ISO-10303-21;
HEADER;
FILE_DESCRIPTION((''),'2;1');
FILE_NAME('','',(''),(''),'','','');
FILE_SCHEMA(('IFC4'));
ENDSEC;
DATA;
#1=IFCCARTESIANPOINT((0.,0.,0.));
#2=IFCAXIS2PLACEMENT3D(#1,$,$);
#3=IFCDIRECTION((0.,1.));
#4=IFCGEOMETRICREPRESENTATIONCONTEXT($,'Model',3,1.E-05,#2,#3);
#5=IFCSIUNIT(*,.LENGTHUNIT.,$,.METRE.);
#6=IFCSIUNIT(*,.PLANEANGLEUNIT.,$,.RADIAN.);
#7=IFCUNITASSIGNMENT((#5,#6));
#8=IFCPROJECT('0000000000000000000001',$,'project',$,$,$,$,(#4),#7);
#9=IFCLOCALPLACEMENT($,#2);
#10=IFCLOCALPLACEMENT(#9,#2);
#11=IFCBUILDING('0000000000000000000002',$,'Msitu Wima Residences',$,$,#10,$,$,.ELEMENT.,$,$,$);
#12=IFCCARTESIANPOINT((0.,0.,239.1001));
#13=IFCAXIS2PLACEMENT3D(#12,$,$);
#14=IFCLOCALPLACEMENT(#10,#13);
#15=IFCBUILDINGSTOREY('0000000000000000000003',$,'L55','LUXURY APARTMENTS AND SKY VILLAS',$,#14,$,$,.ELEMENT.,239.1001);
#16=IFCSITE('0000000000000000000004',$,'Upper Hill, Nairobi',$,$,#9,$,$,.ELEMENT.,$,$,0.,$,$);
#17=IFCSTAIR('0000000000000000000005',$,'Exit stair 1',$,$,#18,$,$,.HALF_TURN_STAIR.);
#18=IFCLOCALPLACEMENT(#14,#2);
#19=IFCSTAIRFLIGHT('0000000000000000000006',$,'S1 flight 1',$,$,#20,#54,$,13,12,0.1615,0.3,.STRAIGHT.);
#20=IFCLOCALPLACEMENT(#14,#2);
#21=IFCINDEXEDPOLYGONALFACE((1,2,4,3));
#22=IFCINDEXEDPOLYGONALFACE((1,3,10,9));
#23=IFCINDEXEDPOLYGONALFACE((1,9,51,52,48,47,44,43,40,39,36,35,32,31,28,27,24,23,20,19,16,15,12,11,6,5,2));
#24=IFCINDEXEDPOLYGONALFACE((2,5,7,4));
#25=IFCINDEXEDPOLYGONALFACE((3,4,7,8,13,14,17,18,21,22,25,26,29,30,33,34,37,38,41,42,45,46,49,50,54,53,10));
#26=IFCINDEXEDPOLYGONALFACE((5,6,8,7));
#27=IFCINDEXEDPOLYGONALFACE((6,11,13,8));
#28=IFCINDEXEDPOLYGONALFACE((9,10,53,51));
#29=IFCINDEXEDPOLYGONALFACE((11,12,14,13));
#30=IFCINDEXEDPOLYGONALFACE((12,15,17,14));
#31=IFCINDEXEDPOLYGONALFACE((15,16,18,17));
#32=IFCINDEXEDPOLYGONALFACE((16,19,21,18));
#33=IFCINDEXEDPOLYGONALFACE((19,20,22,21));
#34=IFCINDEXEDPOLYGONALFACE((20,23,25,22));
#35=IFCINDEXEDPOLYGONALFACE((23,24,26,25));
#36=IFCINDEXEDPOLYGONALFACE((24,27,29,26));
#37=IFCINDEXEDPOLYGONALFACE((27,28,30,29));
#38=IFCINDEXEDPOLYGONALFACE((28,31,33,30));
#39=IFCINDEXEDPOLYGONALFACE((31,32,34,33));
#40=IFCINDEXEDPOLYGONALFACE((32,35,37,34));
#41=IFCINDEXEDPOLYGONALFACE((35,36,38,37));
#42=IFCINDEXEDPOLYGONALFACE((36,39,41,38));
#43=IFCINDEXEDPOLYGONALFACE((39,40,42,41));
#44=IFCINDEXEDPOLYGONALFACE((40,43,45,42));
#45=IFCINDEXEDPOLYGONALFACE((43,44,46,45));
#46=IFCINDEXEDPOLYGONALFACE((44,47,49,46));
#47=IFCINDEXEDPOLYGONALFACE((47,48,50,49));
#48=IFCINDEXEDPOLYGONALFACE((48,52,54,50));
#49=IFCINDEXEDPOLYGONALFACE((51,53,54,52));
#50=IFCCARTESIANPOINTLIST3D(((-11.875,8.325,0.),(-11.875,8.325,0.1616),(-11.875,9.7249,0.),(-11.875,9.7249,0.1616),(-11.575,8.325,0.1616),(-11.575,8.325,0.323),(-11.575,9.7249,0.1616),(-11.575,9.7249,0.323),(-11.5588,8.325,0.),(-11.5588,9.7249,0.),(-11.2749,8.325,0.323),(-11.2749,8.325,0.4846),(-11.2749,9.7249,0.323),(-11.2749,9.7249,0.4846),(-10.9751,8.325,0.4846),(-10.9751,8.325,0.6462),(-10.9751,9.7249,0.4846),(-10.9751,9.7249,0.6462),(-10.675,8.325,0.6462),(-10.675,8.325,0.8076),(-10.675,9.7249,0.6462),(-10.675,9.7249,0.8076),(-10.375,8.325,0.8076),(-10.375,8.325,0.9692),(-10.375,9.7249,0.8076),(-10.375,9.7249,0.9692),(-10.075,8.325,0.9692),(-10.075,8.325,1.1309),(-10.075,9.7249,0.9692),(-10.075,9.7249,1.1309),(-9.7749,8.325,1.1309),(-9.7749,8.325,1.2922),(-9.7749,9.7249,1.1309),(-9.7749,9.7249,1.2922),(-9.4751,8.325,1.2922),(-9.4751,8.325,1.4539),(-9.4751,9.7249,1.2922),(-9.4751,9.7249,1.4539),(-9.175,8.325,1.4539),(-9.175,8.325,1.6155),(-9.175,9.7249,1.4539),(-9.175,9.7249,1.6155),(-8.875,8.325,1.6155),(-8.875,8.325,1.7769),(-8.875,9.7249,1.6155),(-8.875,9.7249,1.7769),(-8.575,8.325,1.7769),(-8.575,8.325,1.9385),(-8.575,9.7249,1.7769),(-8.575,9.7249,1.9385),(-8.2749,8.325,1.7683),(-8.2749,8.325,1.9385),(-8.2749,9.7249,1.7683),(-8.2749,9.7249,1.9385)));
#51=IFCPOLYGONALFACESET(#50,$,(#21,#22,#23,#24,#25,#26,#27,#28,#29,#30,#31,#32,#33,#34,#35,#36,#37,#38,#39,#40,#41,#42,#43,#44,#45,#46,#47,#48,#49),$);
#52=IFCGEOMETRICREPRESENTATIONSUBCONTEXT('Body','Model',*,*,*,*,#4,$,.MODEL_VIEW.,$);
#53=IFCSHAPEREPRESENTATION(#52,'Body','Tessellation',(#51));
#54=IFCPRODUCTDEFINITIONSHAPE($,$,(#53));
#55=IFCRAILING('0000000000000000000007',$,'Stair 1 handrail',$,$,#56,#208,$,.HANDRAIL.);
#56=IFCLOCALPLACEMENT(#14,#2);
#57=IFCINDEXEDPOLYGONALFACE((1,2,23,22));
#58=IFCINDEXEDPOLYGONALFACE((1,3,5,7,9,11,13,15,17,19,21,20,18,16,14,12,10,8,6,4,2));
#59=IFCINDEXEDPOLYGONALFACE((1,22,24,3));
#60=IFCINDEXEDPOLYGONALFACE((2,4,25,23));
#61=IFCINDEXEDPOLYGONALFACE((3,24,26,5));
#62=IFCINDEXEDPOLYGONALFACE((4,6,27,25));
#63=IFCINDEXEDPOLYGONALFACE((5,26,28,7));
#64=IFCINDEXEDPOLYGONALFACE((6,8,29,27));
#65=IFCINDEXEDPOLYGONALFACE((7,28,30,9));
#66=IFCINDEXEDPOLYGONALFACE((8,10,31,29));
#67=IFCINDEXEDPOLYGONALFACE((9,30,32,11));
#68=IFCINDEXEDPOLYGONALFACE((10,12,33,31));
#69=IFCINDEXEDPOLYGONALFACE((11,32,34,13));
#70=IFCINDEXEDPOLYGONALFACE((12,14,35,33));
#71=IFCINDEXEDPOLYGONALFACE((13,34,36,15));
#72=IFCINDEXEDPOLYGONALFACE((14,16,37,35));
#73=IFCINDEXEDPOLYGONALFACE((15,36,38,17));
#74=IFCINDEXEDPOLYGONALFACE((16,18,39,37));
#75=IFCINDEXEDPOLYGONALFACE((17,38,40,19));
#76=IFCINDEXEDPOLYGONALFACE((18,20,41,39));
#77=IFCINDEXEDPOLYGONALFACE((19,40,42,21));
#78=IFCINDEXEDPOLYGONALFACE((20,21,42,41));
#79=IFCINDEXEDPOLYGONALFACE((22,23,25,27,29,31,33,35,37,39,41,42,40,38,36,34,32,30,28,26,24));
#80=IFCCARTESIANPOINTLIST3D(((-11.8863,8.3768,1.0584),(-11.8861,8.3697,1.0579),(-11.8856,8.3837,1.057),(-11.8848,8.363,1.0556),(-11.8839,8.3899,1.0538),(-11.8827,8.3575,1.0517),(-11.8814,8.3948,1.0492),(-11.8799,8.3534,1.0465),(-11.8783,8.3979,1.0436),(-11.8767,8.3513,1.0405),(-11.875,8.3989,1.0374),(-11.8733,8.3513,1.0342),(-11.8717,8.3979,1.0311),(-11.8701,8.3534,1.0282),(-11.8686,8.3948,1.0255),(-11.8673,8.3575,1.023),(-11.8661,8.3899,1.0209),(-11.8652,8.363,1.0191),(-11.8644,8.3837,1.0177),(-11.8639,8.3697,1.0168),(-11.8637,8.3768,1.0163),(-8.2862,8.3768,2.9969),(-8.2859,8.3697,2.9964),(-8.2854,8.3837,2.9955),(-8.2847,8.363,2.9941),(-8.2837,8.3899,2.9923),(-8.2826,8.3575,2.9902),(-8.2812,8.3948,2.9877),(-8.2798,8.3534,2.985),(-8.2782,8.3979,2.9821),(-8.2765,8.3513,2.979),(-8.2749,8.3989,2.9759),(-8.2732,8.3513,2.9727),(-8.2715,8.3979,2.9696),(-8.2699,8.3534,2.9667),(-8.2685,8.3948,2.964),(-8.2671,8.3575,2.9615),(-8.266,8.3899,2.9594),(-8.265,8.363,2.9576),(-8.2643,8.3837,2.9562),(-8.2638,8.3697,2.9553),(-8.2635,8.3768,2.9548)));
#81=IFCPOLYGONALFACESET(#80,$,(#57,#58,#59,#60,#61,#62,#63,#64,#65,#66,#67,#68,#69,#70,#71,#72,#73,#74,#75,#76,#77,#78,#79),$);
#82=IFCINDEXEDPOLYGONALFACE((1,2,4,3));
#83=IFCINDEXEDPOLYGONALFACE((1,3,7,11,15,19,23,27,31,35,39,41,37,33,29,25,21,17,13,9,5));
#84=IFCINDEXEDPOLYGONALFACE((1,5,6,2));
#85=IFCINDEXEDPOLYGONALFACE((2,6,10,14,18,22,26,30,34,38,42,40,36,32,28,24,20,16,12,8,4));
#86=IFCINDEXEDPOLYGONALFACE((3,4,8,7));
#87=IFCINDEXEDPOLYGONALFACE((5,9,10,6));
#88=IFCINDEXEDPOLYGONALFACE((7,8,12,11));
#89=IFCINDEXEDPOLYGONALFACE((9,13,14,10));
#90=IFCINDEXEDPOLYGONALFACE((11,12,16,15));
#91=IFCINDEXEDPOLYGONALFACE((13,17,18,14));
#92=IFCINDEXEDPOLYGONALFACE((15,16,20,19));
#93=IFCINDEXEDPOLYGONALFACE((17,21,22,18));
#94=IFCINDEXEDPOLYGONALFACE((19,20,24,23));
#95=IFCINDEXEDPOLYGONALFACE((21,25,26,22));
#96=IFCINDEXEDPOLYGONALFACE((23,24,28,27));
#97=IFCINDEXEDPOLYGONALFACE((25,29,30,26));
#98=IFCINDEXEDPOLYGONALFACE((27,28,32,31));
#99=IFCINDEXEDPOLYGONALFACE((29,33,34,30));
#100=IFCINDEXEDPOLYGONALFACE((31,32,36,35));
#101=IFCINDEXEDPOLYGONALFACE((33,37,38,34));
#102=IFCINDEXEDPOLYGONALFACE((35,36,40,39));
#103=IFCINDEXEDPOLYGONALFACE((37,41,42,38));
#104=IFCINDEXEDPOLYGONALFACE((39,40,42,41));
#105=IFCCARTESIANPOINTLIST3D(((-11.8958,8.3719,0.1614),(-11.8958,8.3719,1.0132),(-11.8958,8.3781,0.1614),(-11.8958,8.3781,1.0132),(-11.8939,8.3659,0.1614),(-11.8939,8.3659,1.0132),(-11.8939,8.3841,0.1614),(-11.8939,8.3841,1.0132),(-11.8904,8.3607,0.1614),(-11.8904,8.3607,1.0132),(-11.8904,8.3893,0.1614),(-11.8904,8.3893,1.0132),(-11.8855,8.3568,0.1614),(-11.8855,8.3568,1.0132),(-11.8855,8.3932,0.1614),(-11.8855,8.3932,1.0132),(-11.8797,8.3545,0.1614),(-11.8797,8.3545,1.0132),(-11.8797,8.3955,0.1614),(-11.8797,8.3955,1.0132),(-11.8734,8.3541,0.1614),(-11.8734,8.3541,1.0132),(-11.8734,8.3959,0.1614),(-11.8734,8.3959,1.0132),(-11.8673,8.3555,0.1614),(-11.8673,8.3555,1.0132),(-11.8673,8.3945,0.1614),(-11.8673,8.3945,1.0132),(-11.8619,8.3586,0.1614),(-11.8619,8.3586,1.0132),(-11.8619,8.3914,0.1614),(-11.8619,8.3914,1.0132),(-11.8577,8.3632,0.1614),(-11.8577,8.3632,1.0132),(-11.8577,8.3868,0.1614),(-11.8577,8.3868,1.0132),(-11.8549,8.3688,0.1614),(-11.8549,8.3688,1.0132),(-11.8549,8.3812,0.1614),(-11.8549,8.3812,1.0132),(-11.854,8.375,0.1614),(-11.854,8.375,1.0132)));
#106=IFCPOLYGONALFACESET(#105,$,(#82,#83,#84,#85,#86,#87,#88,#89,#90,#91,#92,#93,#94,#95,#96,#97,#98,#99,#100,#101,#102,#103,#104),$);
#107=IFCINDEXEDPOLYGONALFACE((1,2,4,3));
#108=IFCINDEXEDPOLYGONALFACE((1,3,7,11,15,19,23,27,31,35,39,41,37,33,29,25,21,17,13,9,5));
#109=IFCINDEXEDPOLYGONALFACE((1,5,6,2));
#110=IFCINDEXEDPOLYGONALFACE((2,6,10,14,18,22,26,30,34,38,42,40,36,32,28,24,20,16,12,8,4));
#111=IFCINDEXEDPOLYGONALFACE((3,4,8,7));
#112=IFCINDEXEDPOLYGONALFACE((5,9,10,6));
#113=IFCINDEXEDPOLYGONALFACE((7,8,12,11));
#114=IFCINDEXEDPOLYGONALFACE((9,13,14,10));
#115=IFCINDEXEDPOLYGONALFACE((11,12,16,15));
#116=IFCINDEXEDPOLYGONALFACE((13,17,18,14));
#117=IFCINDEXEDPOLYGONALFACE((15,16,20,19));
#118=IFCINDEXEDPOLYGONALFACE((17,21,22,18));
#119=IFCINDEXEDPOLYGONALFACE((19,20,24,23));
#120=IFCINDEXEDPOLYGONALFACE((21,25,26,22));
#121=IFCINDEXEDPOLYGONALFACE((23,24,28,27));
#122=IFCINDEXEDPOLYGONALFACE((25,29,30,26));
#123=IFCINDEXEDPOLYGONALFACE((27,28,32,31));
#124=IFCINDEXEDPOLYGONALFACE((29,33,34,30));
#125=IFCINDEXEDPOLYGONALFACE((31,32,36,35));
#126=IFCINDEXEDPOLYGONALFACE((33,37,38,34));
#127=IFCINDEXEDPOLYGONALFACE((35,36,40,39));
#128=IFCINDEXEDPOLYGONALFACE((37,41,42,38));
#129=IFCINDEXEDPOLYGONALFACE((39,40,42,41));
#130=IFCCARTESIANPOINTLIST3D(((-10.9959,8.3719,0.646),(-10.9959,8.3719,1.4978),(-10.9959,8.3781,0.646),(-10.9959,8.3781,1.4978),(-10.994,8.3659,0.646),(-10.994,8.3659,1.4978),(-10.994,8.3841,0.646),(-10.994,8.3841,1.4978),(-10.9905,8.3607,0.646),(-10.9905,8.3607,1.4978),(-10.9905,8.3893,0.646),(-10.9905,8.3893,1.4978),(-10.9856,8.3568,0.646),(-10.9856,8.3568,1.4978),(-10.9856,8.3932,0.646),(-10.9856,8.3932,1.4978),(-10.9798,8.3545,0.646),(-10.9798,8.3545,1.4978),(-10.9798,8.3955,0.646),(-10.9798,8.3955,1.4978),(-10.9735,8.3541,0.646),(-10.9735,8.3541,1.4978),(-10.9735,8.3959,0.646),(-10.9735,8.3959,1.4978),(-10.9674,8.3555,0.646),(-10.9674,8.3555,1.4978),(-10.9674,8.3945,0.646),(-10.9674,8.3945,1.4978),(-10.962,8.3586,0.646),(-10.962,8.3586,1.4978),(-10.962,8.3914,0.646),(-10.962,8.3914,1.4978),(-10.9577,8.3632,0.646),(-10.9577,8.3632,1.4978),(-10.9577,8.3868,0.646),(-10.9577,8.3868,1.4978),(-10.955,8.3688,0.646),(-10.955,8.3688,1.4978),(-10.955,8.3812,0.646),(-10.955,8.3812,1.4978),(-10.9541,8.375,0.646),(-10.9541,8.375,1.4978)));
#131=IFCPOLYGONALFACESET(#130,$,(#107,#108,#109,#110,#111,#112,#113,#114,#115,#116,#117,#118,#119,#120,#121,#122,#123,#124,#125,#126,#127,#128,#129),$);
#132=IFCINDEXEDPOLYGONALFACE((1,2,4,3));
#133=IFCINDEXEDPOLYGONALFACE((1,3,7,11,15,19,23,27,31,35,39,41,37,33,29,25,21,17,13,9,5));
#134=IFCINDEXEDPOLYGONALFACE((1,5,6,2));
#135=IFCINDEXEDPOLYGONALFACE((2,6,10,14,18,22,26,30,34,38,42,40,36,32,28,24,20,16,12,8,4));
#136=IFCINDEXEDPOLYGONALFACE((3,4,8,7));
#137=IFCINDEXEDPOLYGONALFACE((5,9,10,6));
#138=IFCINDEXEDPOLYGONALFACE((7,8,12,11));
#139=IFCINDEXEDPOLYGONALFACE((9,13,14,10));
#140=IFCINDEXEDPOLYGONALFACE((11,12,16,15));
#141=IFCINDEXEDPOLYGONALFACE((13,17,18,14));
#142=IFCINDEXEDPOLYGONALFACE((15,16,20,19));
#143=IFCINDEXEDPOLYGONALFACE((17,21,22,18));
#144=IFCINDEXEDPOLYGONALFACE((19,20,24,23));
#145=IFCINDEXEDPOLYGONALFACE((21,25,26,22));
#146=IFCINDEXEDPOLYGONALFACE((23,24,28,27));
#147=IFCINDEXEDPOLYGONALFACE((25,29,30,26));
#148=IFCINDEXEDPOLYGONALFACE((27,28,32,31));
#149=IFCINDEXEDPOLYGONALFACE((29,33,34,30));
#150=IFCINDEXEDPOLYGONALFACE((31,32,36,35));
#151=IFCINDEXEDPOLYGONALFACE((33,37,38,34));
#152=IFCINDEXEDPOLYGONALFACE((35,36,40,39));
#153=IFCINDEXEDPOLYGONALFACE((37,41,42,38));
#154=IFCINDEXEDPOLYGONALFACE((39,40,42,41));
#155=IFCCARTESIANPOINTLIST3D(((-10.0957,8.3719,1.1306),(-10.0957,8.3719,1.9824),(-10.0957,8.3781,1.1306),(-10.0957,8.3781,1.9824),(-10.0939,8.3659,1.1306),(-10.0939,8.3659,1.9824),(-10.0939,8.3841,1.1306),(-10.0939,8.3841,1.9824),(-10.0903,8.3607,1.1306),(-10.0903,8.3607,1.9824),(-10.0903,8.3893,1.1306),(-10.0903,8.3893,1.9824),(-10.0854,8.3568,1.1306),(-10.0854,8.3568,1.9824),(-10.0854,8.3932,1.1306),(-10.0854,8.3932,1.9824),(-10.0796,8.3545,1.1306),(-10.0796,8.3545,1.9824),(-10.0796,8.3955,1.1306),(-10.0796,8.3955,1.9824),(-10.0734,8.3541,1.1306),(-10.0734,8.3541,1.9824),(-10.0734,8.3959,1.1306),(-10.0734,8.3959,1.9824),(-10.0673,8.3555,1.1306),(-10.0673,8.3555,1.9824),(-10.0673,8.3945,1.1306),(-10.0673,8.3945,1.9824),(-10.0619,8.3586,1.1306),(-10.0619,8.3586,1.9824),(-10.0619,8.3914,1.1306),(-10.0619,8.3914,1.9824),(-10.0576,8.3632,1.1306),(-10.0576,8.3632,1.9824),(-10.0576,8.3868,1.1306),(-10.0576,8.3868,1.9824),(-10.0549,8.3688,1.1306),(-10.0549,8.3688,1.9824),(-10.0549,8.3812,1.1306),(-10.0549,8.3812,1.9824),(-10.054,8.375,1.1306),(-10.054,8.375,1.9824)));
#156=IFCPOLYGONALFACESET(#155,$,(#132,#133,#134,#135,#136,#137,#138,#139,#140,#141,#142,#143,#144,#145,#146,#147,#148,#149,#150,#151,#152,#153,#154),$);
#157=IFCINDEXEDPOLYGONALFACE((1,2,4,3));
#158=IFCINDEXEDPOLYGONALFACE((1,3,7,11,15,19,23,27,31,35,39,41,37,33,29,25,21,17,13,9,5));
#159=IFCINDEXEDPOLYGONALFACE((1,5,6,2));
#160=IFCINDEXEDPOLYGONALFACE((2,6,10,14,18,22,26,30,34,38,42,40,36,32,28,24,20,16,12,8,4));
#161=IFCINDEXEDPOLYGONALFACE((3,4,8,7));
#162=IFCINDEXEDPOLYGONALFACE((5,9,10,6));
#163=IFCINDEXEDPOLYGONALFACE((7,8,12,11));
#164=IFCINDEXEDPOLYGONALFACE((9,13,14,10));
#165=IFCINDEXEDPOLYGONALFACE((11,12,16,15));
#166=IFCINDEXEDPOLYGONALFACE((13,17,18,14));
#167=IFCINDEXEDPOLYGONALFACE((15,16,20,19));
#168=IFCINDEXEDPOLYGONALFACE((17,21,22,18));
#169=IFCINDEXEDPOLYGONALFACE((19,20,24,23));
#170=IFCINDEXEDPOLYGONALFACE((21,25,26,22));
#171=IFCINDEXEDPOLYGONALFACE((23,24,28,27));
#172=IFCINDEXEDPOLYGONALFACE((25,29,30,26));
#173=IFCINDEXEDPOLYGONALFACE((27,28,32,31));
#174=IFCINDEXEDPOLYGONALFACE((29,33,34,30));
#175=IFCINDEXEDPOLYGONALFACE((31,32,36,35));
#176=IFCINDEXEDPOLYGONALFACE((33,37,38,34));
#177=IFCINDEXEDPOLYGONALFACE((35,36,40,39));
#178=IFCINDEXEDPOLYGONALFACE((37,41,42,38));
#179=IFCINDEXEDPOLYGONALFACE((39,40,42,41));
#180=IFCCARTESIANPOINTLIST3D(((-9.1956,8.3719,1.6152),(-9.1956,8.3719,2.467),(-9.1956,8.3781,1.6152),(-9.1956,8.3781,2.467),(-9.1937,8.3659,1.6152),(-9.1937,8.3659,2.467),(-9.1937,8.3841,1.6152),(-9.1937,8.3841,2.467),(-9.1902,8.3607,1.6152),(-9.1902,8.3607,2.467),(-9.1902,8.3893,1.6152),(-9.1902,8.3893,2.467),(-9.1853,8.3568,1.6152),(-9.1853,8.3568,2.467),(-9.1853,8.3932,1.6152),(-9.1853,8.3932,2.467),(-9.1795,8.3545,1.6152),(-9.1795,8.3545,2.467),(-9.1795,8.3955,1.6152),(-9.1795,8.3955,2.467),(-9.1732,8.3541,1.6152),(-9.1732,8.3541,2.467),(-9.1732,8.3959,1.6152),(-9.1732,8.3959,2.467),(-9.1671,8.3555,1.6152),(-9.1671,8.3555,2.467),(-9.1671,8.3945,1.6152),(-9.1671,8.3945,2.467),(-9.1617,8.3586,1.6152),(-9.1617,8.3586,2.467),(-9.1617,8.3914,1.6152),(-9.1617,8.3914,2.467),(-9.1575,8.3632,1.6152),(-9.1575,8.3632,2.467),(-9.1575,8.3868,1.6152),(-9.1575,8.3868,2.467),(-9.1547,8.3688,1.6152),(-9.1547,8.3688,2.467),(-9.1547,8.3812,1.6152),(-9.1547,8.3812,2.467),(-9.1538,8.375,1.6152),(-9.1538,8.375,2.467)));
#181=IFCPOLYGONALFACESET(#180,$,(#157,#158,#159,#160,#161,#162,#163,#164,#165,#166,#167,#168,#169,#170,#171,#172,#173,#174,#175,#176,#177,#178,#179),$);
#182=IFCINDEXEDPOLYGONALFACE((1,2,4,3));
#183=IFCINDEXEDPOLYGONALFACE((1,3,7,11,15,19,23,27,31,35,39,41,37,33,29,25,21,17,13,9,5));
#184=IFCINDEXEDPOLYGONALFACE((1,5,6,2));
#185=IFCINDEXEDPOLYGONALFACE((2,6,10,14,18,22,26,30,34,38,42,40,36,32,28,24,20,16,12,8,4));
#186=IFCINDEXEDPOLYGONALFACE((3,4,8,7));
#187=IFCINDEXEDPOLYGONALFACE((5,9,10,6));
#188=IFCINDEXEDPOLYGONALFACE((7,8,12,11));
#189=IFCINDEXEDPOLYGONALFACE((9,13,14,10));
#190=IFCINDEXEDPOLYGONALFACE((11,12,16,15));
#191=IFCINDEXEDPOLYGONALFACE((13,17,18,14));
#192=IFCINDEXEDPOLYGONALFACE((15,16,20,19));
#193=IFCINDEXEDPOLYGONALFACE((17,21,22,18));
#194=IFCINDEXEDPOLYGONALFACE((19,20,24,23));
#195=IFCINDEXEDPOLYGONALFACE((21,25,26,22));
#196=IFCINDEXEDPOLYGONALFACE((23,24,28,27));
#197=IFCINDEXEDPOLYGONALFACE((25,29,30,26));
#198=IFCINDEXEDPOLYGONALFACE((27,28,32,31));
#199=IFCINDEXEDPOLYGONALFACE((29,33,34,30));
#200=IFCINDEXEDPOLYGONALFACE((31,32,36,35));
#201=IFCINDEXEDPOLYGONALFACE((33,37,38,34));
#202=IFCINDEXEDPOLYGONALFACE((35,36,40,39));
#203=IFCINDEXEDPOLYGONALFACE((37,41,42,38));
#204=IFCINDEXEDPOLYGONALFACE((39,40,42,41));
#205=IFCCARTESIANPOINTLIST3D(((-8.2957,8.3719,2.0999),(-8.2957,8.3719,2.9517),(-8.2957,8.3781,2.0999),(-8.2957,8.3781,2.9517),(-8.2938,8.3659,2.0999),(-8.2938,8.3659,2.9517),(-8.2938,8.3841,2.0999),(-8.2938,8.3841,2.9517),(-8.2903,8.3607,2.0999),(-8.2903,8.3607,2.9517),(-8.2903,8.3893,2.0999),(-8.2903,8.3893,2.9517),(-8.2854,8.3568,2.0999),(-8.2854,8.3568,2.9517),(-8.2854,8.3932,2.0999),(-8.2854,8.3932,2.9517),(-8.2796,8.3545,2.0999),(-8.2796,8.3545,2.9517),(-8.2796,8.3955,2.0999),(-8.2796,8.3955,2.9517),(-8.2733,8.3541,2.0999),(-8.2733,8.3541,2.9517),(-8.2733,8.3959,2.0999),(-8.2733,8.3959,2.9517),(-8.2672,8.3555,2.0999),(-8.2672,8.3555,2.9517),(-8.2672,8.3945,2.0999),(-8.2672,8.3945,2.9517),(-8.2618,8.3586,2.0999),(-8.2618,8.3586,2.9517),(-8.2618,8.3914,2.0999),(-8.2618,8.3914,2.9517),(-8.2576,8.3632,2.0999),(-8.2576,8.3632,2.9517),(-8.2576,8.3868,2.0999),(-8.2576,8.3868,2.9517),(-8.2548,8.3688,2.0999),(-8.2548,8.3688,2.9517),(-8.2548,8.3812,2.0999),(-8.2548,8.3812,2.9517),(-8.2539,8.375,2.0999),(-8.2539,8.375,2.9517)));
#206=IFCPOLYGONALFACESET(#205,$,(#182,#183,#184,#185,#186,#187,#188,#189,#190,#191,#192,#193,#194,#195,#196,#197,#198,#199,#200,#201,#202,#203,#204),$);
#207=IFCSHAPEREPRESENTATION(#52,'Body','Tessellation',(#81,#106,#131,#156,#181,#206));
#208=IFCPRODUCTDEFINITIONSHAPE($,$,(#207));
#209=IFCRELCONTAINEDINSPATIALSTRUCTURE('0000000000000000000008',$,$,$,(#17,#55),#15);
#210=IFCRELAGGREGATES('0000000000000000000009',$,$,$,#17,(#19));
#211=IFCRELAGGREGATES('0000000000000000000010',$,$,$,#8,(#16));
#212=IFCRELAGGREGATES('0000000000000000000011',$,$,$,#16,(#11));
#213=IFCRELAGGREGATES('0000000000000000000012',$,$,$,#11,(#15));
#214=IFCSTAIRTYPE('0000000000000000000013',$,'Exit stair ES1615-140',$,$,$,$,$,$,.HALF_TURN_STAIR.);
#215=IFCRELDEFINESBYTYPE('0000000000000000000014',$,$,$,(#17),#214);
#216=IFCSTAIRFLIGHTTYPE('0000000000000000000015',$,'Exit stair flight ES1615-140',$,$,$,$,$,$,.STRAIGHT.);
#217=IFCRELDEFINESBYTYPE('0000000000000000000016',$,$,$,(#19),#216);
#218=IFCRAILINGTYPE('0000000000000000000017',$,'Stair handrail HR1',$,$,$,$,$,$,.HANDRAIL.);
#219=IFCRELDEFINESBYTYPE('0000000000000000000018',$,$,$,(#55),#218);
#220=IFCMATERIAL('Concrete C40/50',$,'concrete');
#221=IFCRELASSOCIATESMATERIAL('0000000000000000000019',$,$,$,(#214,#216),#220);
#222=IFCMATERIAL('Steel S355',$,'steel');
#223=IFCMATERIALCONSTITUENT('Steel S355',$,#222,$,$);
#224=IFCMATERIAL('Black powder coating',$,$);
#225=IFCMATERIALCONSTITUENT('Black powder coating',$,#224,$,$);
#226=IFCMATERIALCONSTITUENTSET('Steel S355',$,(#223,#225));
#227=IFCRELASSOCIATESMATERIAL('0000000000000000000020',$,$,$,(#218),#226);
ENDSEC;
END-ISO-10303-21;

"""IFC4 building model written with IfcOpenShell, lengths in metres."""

from ifc_helpers import new_model, si_unit, direction, frame, origin, origin_2d, place, context, subcontext, project, spatial, polyline, circle, outline, extrude, material, constituent, constituent_set, type_object, element, aggregate, save


model = new_model("IFC4")

# Units and contexts
model_context = context("Model", 3, precision=1e-05, world=origin(), true_north=direction((0.0, 1.0)))
body_context = subcontext(model_context, "Body", "Model", "MODEL_VIEW")
ifc_project = project(units=[si_unit("LENGTHUNIT", "METRE"), si_unit("PLANEANGLEUNIT", "RADIAN")], contexts=[model_context])

# Site, building, storey
site_placement = place(None, origin())
site = spatial("IfcSite", under=ifc_project, at=site_placement, Name="Upper Hill, Nairobi", CompositionType="ELEMENT", RefElevation=0.0)
building_placement = place(site_placement, origin())
building = spatial("IfcBuilding", under=site, at=building_placement, Name="Msitu Wima Residences", CompositionType="ELEMENT")
storey_placement = place(building_placement, frame((0.0, 0.0, 239.1001)))
storey = spatial("IfcBuildingStorey", under=building, at=storey_placement, Name="L55", Description="LUXURY APARTMENTS AND SKY VILLAS", CompositionType="ELEMENT", Elevation=239.1001)

# Shared definitions
ifc_material_1 = material(Name="Concrete C40/50", Category="concrete")

# Stair, stair flight
stair_type = type_object("IfcStairType", Name="Exit stair ES1615-140", PredefinedType="HALF_TURN_STAIR", material=ifc_material_1)
stair_placement = place(storey_placement, origin())
stair = element("IfcStair", 1, at=stair_placement, inside=storey, type_object=stair_type, Name="Exit stair 1", PredefinedType="HALF_TURN_STAIR")
stair_flight_type = type_object("IfcStairFlightType", Name="Exit stair flight ES1615-140", PredefinedType="STRAIGHT", material=ifc_material_1)
stair_flight_placement = place(storey_placement, frame((-11.875, 9.0249, 0.0), z_axis=(0.0, 0.0, 1.0), x_axis=(1.0, 0.0, 0.0)))
stair_flight = element("IfcStairFlight", 2, at=stair_flight_placement, type_object=stair_flight_type, Name="S1 flight 1", NumberOfRisers=13, NumberOfTreads=12, PredefinedType="STRAIGHT", RiserHeight=0.1615, TreadLength=0.3, context=body_context, shape_type="SweptSolid", body=[
    extrude(outline(polyline([(0.0, 0.0), (0.0, 0.1616), (0.3, 0.1616), (0.3, 0.323), (0.6001, 0.323), (0.6001, 0.4846), (0.8999, 0.4846), (0.8999, 0.6462), (1.2, 0.6462), (1.2, 0.8076), (1.5, 0.8076), (1.5, 0.9692), (1.8, 0.9692), (1.8, 1.1309), (2.1001, 1.1309), (2.1001, 1.2922), (2.3999, 1.2922), (2.3999, 1.4539), (2.7, 1.4539), (2.7, 1.6155), (3.0, 1.6155), (3.0, 1.7769), (3.3, 1.7769), (3.3, 1.9385), (3.6001, 1.9385), (3.6001, 2.1001), (3.6001, 1.7683), (0.3162, 0.0), (0.0, 0.0)])), frame((0.0, 0.7, 0.0), z_axis=(0.0, -1.0, 0.0), x_axis=(1.0, 0.0, 0.0)), (0.0, 0.0, 1.0), 1.3999),
])
aggregate(stair, [stair_flight])

# Railing
ifc_material_2 = material(Name="Steel S355", Category="steel")
ifc_constituent_1 = constituent(ifc_material_2, Name="Steel S355")
ifc_material_3 = material(Name="Black powder coating")
ifc_constituent_2 = constituent(ifc_material_3, Name="Black powder coating")
ifc_constituent_set = constituent_set(constituents=[ifc_constituent_1, ifc_constituent_2], Name="Steel S355")
railing_type = type_object("IfcRailingType", Name="Stair handrail HR1", PredefinedType="HANDRAIL", material=ifc_constituent_set)
for number, where, name in (
    (3, (-11.875, 8.375, 0.1614), "Stair 1 handrail"),
):
    element("IfcRailing", number, at=place(storey_placement, frame(where)), inside=storey, type_object=railing_type, Name=name, PredefinedType="HANDRAIL", context=body_context, shape_type="SweptSolid", body=[
        extrude(circle(Radius=0.0239, at=origin_2d()), frame((0.0, 0.0, 0.876), z_axis=(0.880475, 0.0, 0.474093), x_axis=(0.0, 1.0, 0.0)), (0.0, 0.0, 1.0), 4.0889),
        extrude(circle(Radius=0.021, at=origin_2d()), origin(), (0.0, 0.0, 1.0), 0.8518),
        extrude(circle(Radius=0.021, at=origin_2d()), frame((0.8999, 0.0, 0.4846)), (0.0, 0.0, 1.0), 0.8518),
        extrude(circle(Radius=0.021, at=origin_2d()), frame((1.8, 0.0, 0.9692)), (0.0, 0.0, 1.0), 0.8518),
        extrude(circle(Radius=0.021, at=origin_2d()), frame((2.7002, 0.0, 1.4539)), (0.0, 0.0, 1.0), 0.8518),
        extrude(circle(Radius=0.021, at=origin_2d()), frame((3.6001, 0.0, 1.9385)), (0.0, 0.0, 1.0), 0.8518),
    ])

save(model, "model.ifc")
